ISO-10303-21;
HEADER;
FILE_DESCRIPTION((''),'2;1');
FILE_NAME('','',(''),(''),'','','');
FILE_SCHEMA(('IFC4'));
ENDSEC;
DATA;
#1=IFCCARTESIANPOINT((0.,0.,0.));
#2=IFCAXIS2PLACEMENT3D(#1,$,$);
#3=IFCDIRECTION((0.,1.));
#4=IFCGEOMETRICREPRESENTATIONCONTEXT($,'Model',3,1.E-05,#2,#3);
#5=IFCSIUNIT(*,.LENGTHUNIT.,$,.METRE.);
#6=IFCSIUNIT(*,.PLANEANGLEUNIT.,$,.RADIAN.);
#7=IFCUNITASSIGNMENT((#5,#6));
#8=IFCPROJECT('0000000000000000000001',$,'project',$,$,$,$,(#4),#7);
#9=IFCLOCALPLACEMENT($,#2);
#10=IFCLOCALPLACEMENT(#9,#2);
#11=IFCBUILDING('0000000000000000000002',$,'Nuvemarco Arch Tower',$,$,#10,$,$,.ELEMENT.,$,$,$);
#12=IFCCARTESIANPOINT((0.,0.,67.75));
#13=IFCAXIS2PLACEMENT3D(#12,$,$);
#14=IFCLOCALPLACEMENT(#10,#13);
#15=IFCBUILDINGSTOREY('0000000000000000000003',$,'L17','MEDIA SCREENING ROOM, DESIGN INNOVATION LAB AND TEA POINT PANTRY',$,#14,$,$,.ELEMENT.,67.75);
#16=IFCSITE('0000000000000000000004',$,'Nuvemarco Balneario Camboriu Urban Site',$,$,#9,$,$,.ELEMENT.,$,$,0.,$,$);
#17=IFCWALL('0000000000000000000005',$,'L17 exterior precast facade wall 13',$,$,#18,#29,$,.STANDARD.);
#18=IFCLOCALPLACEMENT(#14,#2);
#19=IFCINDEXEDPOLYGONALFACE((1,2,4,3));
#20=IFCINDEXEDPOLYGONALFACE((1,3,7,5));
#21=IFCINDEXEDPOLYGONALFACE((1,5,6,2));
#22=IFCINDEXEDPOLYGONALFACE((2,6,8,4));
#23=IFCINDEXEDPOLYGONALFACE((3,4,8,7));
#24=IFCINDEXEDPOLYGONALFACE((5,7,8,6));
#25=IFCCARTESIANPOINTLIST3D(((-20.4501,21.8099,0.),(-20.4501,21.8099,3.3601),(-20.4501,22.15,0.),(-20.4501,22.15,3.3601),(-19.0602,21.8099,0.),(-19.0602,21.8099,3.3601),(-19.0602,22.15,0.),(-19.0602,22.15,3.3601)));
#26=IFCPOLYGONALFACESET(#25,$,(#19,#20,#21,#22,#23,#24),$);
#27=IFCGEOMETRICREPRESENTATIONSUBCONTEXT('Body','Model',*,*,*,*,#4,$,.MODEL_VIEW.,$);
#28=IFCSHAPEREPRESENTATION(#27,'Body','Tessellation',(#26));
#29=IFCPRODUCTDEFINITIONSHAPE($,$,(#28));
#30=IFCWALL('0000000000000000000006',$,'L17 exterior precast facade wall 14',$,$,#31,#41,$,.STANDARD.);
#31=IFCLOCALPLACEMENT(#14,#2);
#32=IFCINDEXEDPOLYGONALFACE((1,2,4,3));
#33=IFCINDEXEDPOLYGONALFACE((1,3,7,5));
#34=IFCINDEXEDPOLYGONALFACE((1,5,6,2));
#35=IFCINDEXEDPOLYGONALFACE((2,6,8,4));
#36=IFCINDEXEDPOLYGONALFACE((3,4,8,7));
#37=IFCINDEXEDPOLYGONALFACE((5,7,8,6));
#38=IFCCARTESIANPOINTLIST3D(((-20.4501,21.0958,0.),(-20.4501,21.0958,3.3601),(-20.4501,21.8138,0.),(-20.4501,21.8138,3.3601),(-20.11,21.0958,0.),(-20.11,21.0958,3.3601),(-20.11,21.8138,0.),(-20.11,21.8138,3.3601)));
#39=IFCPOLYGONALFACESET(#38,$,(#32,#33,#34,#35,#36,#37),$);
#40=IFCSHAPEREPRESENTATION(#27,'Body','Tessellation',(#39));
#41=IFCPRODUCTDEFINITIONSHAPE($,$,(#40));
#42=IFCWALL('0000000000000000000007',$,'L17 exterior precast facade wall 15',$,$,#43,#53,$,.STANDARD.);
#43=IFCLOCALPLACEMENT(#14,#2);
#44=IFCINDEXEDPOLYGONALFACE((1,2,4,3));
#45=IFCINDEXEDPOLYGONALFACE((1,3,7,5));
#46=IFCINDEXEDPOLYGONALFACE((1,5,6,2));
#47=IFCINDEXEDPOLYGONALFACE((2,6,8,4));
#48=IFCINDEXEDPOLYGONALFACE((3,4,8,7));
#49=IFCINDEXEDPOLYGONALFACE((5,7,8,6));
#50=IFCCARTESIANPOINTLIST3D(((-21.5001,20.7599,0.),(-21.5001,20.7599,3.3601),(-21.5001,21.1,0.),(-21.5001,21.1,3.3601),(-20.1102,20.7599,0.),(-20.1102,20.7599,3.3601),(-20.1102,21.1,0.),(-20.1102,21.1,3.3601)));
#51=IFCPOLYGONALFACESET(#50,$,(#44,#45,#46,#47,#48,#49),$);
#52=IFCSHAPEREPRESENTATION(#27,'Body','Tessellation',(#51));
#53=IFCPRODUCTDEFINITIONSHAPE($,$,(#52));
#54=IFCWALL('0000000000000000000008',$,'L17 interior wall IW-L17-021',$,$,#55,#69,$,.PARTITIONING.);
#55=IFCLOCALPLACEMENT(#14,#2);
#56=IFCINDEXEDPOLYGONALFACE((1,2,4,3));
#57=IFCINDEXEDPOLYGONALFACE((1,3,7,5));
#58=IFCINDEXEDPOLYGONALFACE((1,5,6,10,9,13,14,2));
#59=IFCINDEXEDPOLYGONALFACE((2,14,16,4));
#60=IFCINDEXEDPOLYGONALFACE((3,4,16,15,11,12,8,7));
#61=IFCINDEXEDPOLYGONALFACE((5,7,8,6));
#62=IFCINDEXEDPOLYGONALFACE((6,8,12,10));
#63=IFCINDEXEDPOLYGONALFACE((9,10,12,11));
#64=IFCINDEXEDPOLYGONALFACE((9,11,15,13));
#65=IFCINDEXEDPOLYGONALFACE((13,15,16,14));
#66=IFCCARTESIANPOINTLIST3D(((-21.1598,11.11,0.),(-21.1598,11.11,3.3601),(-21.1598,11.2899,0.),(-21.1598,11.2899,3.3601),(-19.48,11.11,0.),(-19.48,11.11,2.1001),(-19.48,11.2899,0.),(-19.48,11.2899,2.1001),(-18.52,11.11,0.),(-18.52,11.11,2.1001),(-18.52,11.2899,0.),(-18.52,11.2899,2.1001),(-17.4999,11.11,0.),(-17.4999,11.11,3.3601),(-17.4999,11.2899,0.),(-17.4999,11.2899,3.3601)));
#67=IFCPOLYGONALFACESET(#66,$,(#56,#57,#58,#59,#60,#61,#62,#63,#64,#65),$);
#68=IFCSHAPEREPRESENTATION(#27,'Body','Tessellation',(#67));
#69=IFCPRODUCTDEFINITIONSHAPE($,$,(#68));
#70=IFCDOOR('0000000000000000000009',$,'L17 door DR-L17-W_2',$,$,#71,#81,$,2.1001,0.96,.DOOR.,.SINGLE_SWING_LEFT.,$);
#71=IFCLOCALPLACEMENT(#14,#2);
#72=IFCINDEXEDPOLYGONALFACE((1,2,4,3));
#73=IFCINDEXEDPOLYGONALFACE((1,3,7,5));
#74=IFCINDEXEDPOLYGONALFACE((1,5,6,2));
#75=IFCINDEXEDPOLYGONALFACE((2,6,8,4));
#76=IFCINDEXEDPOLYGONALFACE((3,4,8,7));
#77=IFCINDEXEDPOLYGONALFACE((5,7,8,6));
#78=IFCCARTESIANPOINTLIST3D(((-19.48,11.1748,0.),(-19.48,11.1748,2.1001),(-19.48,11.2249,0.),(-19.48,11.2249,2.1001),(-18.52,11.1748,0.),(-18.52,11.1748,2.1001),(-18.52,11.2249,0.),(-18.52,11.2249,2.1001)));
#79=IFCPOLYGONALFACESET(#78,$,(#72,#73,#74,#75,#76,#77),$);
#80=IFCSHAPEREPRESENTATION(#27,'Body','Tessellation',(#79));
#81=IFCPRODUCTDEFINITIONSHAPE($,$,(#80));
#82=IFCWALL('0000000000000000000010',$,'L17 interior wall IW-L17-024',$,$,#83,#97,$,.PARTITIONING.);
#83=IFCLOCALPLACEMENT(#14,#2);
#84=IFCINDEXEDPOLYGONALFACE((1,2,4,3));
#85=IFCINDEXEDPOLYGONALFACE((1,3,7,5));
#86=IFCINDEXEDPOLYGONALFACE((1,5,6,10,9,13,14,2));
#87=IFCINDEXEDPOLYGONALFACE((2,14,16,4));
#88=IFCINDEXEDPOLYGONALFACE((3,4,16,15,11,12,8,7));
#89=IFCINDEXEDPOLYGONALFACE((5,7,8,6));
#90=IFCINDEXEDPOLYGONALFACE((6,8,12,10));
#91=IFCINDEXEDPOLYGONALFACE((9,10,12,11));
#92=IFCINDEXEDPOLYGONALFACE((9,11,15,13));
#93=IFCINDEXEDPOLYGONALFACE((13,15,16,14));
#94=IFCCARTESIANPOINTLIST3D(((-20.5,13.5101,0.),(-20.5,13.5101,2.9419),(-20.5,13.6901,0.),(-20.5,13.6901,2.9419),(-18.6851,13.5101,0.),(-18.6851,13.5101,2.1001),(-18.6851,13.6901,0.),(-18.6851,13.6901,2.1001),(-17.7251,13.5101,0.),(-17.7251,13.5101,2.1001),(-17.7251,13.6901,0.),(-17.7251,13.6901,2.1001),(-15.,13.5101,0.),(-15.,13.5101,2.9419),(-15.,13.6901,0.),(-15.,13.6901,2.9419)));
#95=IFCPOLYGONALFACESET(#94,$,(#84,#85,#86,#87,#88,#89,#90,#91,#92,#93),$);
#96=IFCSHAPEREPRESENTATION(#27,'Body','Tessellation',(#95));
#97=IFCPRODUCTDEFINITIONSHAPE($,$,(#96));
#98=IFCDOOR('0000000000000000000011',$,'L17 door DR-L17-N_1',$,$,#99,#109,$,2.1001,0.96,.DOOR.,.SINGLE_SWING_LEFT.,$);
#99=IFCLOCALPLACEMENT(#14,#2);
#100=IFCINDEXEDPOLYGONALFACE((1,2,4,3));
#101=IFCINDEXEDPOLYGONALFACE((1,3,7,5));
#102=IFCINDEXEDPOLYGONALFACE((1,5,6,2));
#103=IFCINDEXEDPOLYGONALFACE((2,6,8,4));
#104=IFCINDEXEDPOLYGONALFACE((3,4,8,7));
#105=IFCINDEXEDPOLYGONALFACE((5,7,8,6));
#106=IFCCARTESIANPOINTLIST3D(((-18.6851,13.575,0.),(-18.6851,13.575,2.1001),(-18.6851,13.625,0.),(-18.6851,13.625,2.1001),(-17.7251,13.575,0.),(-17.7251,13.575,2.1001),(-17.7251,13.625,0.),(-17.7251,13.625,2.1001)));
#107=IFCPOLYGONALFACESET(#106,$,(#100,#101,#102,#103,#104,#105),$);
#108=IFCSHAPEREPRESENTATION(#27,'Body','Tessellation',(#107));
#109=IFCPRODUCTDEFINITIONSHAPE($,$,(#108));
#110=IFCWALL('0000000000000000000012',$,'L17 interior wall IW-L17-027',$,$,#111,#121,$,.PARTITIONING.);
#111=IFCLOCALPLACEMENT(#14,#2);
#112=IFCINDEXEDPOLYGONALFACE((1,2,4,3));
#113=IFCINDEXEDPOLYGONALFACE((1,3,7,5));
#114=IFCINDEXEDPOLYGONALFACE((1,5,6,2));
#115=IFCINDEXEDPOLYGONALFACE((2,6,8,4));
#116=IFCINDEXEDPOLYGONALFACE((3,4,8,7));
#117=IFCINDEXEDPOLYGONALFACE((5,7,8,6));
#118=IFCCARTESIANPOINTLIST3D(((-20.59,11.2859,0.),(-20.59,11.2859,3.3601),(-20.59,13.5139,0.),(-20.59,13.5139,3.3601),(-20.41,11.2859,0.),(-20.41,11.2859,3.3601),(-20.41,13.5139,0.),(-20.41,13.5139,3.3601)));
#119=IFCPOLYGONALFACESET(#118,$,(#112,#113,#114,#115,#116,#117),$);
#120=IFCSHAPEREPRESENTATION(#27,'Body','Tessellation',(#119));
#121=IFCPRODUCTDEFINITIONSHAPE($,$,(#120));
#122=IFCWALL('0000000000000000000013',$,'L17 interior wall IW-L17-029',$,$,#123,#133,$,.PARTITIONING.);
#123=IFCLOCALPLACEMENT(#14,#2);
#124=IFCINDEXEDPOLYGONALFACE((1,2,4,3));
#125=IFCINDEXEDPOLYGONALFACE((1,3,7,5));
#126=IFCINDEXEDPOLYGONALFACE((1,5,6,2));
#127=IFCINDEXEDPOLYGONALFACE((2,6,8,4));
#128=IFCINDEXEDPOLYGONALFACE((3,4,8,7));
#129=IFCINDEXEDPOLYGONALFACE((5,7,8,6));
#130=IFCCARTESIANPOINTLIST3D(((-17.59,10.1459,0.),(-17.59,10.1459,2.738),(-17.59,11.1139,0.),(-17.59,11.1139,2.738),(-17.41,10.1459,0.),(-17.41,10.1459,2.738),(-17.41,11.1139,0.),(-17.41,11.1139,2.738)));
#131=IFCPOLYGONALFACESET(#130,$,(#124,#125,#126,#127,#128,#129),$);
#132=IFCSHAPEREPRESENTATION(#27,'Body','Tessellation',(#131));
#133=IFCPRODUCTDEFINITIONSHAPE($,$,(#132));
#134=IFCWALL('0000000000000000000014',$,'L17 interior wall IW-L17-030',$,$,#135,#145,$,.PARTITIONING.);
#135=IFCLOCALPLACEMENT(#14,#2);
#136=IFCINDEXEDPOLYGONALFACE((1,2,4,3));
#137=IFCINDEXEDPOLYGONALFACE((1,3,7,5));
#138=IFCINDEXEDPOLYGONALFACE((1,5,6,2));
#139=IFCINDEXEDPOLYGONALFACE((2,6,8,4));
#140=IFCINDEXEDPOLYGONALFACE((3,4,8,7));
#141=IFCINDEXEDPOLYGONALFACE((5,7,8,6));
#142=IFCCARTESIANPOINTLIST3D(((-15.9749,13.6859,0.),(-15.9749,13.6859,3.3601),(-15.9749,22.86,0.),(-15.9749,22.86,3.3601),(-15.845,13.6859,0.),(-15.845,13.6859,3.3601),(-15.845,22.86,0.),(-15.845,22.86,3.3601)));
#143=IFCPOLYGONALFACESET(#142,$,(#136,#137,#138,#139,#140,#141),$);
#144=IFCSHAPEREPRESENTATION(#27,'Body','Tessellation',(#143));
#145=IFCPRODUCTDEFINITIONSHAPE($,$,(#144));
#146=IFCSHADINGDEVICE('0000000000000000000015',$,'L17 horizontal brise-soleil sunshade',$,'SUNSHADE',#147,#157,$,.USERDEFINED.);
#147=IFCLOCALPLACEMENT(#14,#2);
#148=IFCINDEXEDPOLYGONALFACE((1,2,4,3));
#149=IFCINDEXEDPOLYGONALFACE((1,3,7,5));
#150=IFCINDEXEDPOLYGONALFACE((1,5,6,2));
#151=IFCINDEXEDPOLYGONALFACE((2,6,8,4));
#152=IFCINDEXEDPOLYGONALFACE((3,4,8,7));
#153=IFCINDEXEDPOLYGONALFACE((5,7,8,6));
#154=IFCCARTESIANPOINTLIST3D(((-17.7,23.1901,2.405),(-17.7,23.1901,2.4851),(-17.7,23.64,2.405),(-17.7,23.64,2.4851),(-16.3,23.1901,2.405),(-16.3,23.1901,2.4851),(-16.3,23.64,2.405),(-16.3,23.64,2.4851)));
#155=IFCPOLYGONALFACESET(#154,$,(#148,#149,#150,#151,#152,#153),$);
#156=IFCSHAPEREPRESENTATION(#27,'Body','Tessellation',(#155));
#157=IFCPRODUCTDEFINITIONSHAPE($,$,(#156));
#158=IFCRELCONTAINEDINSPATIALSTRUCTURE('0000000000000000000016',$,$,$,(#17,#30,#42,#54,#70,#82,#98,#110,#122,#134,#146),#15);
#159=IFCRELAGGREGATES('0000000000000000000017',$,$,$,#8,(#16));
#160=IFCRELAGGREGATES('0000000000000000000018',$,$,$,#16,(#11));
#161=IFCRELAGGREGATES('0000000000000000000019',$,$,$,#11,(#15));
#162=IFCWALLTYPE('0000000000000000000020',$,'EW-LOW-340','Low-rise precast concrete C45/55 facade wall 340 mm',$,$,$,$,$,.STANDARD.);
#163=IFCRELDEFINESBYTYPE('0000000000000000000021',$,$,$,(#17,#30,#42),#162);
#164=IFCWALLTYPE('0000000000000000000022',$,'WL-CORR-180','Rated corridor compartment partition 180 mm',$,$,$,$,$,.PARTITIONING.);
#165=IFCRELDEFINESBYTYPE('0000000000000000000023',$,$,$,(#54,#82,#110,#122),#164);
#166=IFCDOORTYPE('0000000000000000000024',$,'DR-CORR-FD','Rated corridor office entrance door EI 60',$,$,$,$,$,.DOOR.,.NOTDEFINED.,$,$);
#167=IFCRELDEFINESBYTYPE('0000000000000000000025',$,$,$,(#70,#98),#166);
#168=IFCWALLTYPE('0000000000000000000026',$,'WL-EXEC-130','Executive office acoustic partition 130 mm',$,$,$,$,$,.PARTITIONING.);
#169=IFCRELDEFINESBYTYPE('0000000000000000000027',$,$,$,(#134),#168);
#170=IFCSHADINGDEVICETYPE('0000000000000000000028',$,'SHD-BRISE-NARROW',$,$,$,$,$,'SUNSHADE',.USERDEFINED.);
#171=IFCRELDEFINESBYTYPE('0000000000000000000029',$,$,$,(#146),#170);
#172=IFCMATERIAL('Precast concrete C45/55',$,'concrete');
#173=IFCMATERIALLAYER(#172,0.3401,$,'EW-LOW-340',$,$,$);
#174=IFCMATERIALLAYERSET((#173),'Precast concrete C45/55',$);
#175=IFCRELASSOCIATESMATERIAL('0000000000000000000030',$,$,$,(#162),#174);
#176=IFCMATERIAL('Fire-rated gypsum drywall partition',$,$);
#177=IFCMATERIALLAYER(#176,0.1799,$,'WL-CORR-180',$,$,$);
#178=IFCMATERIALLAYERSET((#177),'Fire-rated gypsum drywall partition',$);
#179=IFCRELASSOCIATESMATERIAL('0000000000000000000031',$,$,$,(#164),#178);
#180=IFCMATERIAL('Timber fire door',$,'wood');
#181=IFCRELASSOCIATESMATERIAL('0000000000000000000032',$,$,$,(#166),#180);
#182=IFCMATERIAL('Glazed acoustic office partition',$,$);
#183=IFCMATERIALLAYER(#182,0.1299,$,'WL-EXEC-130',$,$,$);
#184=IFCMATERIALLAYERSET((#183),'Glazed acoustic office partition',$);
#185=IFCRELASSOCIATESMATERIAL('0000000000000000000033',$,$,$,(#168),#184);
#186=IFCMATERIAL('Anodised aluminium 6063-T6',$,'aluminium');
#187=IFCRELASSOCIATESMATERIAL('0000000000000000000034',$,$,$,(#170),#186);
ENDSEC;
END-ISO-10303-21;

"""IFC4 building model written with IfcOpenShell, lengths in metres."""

from ifc_helpers import new_model, si_unit, direction, frame, frame_2d, origin, origin_2d, place, context, subcontext, project, spatial, rectangle, extrude, source, transform, mapped, material, layer, layer_set, type_object, type_shapes, element, fill, save


model = new_model("IFC4")

# Units and contexts
model_context = context("Model", 3, precision=1e-05, world=origin(), true_north=direction((0.0, 1.0)))
body_context = subcontext(model_context, "Body", "Model", "MODEL_VIEW")
ifc_project = project(units=[si_unit("LENGTHUNIT", "METRE"), si_unit("PLANEANGLEUNIT", "RADIAN")], contexts=[model_context])

# Site, building, storey
site_placement = place(None, origin())
site = spatial("IfcSite", under=ifc_project, at=site_placement, Name="Nuvemarco Balneario Camboriu Urban Site", CompositionType="ELEMENT", RefElevation=0.0)
building_placement = place(site_placement, origin())
building = spatial("IfcBuilding", under=site, at=building_placement, Name="Nuvemarco Arch Tower", CompositionType="ELEMENT")
storey_placement = place(building_placement, frame((0.0, 0.0, 67.75)))
storey = spatial("IfcBuildingStorey", under=building, at=storey_placement, Name="L17", Description="MEDIA SCREENING ROOM, DESIGN INNOVATION LAB AND TEA POINT PANTRY", CompositionType="ELEMENT", Elevation=67.75)

# Shared definitions
ifc_material_1 = material(Name="Precast concrete C45/55", Category="concrete")
ifc_layer_1 = layer(ifc_material_1, 0.3401, Name="EW-LOW-340")
ifc_layer_set_1 = layer_set([ifc_layer_1], Name="Precast concrete C45/55")
wall_type_1 = type_object("IfcWallType", Name="EW-LOW-340", Description="Low-rise precast concrete C45/55 facade wall 340 mm", PredefinedType="STANDARD", material=ifc_layer_set_1)

# Walls
wall_1_placement = place(storey_placement, frame((-20.45, 21.98, 0.0), z_axis=(0.0, 0.0, 1.0), x_axis=(1.0, 0.0, 0.0)))
element("IfcWall", 1, at=wall_1_placement, inside=storey, type_object=wall_type_1, Name="L17 exterior precast facade wall 13", PredefinedType="STANDARD", context=body_context, shape_type="SweptSolid", body=[
    extrude(rectangle(XDim=1.3899, YDim=0.3401, at=frame_2d((0.6948, 0.0))), origin(), (0.0, 0.0, 1.0), 3.3601),
])
wall_2_placement = place(storey_placement, frame((-20.28, 21.0959, 0.0), z_axis=(0.0, 0.0, 1.0), x_axis=(0.0, 1.0, 0.0)))
element("IfcWall", 2, at=wall_2_placement, inside=storey, type_object=wall_type_1, Name="L17 exterior precast facade wall 14", PredefinedType="STANDARD", context=body_context, shape_type="SweptSolid", body=[
    extrude(rectangle(XDim=0.718, YDim=0.3401, at=frame_2d((0.3589, 0.0))), origin(), (0.0, 0.0, 1.0), 3.3601),
])
wall_3_placement = place(storey_placement, frame((-21.5, 20.9299, 0.0), z_axis=(0.0, 0.0, 1.0), x_axis=(1.0, 0.0, 0.0)))
element("IfcWall", 3, at=wall_3_placement, inside=storey, type_object=wall_type_1, Name="L17 exterior precast facade wall 15", PredefinedType="STANDARD", context=body_context, shape_type="SweptSolid", body=[
    extrude(rectangle(XDim=1.3899, YDim=0.3401, at=frame_2d((0.6948, 0.0))), origin(), (0.0, 0.0, 1.0), 3.3601),
])

# Walls, openings, doors
ifc_material_2 = material(Name="Fire-rated gypsum drywall partition")
ifc_layer_2 = layer(ifc_material_2, 0.1799, Name="WL-CORR-180")
ifc_layer_set_2 = layer_set([ifc_layer_2], Name="Fire-rated gypsum drywall partition")
wall_type_2 = type_object("IfcWallType", Name="WL-CORR-180", Description="Rated corridor compartment partition 180 mm", PredefinedType="PARTITIONING", material=ifc_layer_set_2)
wall_4_placement = place(storey_placement, frame((-21.1599, 11.2, 0.0), z_axis=(0.0, 0.0, 1.0), x_axis=(1.0, 0.0, 0.0)))
wall_4 = element("IfcWall", 4, at=wall_4_placement, inside=storey, type_object=wall_type_2, Name="L17 interior wall IW-L17-021", PredefinedType="PARTITIONING", context=body_context, shape_type="SweptSolid", body=[
    extrude(rectangle(XDim=3.6599, YDim=0.1799, at=frame_2d((1.8301, 0.0))), origin(), (0.0, 0.0, 1.0), 3.3601),
])
opening_1_placement = place(wall_4_placement, frame((1.6799, 0.0, 0.0)))
opening_1 = element("IfcOpeningElement", 5, at=opening_1_placement, cuts=wall_4, PredefinedType="OPENING", context=body_context, shape_type="SweptSolid", body=[
    extrude(rectangle(XDim=0.96, YDim=2.1001, at=frame_2d((0.48, 1.05))), frame((0.0, 0.0999, 0.0), z_axis=(0.0, -1.0, 0.0), x_axis=(1.0, 0.0, 0.0)), (0.0, 0.0, 1.0), 0.2),
])
ifc_material_3 = material(Name="Timber fire door", Category="wood")
door_type = type_object("IfcDoorType", Name="DR-CORR-FD", Description="Rated corridor office entrance door EI 60", OperationType="NOTDEFINED", PredefinedType="DOOR", material=ifc_material_3)
shared_shape_1 = source(origin(), body_context, "Body", "SweptSolid", [
    extrude(rectangle(XDim=0.96, YDim=2.1001, at=frame_2d((0.48, 1.05))), frame((0.0, 0.0249, 0.0), z_axis=(0.0, -1.0, 0.0), x_axis=(1.0, 0.0, 0.0)), (0.0, 0.0, 1.0), 0.05),
])
type_shapes(door_type, [shared_shape_1])
door_1_placement = place(opening_1_placement, origin())
door_1 = element("IfcDoor", 6, at=door_1_placement, inside=storey, type_object=door_type, Name="L17 door DR-L17-W_2", OperationType="SINGLE_SWING_LEFT", OverallHeight=2.1001, OverallWidth=0.96, PredefinedType="DOOR", context=body_context, shape_type="MappedRepresentation", body=[
    mapped(shared_shape_1, transform((0.0, 0.0, 0.0), scale=1.0)),
])
fill(opening_1, door_1)
wall_5_placement = place(storey_placement, frame((-20.5, 13.6001, 0.0), z_axis=(0.0, 0.0, 1.0), x_axis=(1.0, 0.0, 0.0)))
wall_5 = element("IfcWall", 7, at=wall_5_placement, inside=storey, type_object=wall_type_2, Name="L17 interior wall IW-L17-024", PredefinedType="PARTITIONING", context=body_context, shape_type="SweptSolid", body=[
    extrude(rectangle(XDim=5.5, YDim=0.1799, at=frame_2d((2.75, 0.0))), origin(), (0.0, 0.0, 1.0), 2.9419),
])
opening_2_placement = place(wall_5_placement, frame((1.8149, 0.0, 0.0)))
opening_2 = element("IfcOpeningElement", 8, at=opening_2_placement, cuts=wall_5, PredefinedType="OPENING", context=body_context, shape_type="SweptSolid", body=[
    extrude(rectangle(XDim=0.96, YDim=2.1001, at=frame_2d((0.48, 1.05))), frame((0.0, 0.0999, 0.0), z_axis=(0.0, -1.0, 0.0), x_axis=(1.0, 0.0, 0.0)), (0.0, 0.0, 1.0), 0.2),
])
door_2_placement = place(opening_2_placement, origin())
door_2 = element("IfcDoor", 9, at=door_2_placement, inside=storey, type_object=door_type, Name="L17 door DR-L17-N_1", OperationType="SINGLE_SWING_LEFT", OverallHeight=2.1001, OverallWidth=0.96, PredefinedType="DOOR", context=body_context, shape_type="MappedRepresentation", body=[
    mapped(shared_shape_1, transform((0.0, 0.0, 0.0), scale=1.0)),
])
fill(opening_2, door_2)

# Walls
wall_6_placement = place(storey_placement, frame((-20.5, 11.2859, 0.0), z_axis=(0.0, 0.0, 1.0), x_axis=(0.0, 1.0, 0.0)))
element("IfcWall", 10, at=wall_6_placement, inside=storey, type_object=wall_type_2, Name="L17 interior wall IW-L17-027", PredefinedType="PARTITIONING", context=body_context, shape_type="SweptSolid", body=[
    extrude(rectangle(XDim=2.228, YDim=0.1799, at=frame_2d((1.114, 0.0))), origin(), (0.0, 0.0, 1.0), 3.3601),
])
wall_7_placement = place(storey_placement, frame((-17.5, 10.146, 0.0), z_axis=(0.0, 0.0, 1.0), x_axis=(0.0, 1.0, 0.0)))
element("IfcWall", 11, at=wall_7_placement, inside=storey, type_object=wall_type_2, Name="L17 interior wall IW-L17-029", PredefinedType="PARTITIONING", context=body_context, shape_type="SweptSolid", body=[
    extrude(rectangle(XDim=0.968, YDim=0.1799, at=frame_2d((0.4839, 0.0))), origin(), (0.0, 0.0, 1.0), 2.738),
])
ifc_material_4 = material(Name="Glazed acoustic office partition")
ifc_layer_3 = layer(ifc_material_4, 0.1299, Name="WL-EXEC-130")
ifc_layer_set_3 = layer_set([ifc_layer_3], Name="Glazed acoustic office partition")
wall_type_3 = type_object("IfcWallType", Name="WL-EXEC-130", Description="Executive office acoustic partition 130 mm", PredefinedType="PARTITIONING", material=ifc_layer_set_3)
wall_8_placement = place(storey_placement, frame((-15.9099, 13.686, 0.0), z_axis=(0.0, 0.0, 1.0), x_axis=(0.0, 1.0, 0.0)))
element("IfcWall", 12, at=wall_8_placement, inside=storey, type_object=wall_type_3, Name="L17 interior wall IW-L17-030", PredefinedType="PARTITIONING", context=body_context, shape_type="SweptSolid", body=[
    extrude(rectangle(XDim=9.1741, YDim=0.1299, at=frame_2d((4.5869, 0.0))), origin(), (0.0, 0.0, 1.0), 3.3601),
])

# Shading device
ifc_material_5 = material(Name="Anodised aluminium 6063-T6", Category="aluminium")
shading_device_type = type_object("IfcShadingDeviceType", Name="SHD-BRISE-NARROW", ElementType="SUNSHADE", PredefinedType="USERDEFINED", material=ifc_material_5)
shared_shape_2 = source(origin(), body_context, "Body", "SweptSolid", [
    extrude(rectangle(XDim=1.3999, YDim=0.45, at=origin_2d()), origin(), (0.0, 0.0, 1.0), 0.0801),
])
type_shapes(shading_device_type, [shared_shape_2])
shading_device_placement = place(storey_placement, frame((-17.0, 23.415, 2.405), z_axis=(0.0, 0.0, 1.0), x_axis=(1.0, 0.0, 0.0)))
element("IfcShadingDevice", 13, at=shading_device_placement, inside=storey, type_object=shading_device_type, Name="L17 horizontal brise-soleil sunshade", ObjectType="SUNSHADE", PredefinedType="USERDEFINED", context=body_context, shape_type="MappedRepresentation", body=[
    mapped(shared_shape_2, transform((0.0, 0.0, 0.0), scale=1.0)),
])

save(model, "model.ifc")
